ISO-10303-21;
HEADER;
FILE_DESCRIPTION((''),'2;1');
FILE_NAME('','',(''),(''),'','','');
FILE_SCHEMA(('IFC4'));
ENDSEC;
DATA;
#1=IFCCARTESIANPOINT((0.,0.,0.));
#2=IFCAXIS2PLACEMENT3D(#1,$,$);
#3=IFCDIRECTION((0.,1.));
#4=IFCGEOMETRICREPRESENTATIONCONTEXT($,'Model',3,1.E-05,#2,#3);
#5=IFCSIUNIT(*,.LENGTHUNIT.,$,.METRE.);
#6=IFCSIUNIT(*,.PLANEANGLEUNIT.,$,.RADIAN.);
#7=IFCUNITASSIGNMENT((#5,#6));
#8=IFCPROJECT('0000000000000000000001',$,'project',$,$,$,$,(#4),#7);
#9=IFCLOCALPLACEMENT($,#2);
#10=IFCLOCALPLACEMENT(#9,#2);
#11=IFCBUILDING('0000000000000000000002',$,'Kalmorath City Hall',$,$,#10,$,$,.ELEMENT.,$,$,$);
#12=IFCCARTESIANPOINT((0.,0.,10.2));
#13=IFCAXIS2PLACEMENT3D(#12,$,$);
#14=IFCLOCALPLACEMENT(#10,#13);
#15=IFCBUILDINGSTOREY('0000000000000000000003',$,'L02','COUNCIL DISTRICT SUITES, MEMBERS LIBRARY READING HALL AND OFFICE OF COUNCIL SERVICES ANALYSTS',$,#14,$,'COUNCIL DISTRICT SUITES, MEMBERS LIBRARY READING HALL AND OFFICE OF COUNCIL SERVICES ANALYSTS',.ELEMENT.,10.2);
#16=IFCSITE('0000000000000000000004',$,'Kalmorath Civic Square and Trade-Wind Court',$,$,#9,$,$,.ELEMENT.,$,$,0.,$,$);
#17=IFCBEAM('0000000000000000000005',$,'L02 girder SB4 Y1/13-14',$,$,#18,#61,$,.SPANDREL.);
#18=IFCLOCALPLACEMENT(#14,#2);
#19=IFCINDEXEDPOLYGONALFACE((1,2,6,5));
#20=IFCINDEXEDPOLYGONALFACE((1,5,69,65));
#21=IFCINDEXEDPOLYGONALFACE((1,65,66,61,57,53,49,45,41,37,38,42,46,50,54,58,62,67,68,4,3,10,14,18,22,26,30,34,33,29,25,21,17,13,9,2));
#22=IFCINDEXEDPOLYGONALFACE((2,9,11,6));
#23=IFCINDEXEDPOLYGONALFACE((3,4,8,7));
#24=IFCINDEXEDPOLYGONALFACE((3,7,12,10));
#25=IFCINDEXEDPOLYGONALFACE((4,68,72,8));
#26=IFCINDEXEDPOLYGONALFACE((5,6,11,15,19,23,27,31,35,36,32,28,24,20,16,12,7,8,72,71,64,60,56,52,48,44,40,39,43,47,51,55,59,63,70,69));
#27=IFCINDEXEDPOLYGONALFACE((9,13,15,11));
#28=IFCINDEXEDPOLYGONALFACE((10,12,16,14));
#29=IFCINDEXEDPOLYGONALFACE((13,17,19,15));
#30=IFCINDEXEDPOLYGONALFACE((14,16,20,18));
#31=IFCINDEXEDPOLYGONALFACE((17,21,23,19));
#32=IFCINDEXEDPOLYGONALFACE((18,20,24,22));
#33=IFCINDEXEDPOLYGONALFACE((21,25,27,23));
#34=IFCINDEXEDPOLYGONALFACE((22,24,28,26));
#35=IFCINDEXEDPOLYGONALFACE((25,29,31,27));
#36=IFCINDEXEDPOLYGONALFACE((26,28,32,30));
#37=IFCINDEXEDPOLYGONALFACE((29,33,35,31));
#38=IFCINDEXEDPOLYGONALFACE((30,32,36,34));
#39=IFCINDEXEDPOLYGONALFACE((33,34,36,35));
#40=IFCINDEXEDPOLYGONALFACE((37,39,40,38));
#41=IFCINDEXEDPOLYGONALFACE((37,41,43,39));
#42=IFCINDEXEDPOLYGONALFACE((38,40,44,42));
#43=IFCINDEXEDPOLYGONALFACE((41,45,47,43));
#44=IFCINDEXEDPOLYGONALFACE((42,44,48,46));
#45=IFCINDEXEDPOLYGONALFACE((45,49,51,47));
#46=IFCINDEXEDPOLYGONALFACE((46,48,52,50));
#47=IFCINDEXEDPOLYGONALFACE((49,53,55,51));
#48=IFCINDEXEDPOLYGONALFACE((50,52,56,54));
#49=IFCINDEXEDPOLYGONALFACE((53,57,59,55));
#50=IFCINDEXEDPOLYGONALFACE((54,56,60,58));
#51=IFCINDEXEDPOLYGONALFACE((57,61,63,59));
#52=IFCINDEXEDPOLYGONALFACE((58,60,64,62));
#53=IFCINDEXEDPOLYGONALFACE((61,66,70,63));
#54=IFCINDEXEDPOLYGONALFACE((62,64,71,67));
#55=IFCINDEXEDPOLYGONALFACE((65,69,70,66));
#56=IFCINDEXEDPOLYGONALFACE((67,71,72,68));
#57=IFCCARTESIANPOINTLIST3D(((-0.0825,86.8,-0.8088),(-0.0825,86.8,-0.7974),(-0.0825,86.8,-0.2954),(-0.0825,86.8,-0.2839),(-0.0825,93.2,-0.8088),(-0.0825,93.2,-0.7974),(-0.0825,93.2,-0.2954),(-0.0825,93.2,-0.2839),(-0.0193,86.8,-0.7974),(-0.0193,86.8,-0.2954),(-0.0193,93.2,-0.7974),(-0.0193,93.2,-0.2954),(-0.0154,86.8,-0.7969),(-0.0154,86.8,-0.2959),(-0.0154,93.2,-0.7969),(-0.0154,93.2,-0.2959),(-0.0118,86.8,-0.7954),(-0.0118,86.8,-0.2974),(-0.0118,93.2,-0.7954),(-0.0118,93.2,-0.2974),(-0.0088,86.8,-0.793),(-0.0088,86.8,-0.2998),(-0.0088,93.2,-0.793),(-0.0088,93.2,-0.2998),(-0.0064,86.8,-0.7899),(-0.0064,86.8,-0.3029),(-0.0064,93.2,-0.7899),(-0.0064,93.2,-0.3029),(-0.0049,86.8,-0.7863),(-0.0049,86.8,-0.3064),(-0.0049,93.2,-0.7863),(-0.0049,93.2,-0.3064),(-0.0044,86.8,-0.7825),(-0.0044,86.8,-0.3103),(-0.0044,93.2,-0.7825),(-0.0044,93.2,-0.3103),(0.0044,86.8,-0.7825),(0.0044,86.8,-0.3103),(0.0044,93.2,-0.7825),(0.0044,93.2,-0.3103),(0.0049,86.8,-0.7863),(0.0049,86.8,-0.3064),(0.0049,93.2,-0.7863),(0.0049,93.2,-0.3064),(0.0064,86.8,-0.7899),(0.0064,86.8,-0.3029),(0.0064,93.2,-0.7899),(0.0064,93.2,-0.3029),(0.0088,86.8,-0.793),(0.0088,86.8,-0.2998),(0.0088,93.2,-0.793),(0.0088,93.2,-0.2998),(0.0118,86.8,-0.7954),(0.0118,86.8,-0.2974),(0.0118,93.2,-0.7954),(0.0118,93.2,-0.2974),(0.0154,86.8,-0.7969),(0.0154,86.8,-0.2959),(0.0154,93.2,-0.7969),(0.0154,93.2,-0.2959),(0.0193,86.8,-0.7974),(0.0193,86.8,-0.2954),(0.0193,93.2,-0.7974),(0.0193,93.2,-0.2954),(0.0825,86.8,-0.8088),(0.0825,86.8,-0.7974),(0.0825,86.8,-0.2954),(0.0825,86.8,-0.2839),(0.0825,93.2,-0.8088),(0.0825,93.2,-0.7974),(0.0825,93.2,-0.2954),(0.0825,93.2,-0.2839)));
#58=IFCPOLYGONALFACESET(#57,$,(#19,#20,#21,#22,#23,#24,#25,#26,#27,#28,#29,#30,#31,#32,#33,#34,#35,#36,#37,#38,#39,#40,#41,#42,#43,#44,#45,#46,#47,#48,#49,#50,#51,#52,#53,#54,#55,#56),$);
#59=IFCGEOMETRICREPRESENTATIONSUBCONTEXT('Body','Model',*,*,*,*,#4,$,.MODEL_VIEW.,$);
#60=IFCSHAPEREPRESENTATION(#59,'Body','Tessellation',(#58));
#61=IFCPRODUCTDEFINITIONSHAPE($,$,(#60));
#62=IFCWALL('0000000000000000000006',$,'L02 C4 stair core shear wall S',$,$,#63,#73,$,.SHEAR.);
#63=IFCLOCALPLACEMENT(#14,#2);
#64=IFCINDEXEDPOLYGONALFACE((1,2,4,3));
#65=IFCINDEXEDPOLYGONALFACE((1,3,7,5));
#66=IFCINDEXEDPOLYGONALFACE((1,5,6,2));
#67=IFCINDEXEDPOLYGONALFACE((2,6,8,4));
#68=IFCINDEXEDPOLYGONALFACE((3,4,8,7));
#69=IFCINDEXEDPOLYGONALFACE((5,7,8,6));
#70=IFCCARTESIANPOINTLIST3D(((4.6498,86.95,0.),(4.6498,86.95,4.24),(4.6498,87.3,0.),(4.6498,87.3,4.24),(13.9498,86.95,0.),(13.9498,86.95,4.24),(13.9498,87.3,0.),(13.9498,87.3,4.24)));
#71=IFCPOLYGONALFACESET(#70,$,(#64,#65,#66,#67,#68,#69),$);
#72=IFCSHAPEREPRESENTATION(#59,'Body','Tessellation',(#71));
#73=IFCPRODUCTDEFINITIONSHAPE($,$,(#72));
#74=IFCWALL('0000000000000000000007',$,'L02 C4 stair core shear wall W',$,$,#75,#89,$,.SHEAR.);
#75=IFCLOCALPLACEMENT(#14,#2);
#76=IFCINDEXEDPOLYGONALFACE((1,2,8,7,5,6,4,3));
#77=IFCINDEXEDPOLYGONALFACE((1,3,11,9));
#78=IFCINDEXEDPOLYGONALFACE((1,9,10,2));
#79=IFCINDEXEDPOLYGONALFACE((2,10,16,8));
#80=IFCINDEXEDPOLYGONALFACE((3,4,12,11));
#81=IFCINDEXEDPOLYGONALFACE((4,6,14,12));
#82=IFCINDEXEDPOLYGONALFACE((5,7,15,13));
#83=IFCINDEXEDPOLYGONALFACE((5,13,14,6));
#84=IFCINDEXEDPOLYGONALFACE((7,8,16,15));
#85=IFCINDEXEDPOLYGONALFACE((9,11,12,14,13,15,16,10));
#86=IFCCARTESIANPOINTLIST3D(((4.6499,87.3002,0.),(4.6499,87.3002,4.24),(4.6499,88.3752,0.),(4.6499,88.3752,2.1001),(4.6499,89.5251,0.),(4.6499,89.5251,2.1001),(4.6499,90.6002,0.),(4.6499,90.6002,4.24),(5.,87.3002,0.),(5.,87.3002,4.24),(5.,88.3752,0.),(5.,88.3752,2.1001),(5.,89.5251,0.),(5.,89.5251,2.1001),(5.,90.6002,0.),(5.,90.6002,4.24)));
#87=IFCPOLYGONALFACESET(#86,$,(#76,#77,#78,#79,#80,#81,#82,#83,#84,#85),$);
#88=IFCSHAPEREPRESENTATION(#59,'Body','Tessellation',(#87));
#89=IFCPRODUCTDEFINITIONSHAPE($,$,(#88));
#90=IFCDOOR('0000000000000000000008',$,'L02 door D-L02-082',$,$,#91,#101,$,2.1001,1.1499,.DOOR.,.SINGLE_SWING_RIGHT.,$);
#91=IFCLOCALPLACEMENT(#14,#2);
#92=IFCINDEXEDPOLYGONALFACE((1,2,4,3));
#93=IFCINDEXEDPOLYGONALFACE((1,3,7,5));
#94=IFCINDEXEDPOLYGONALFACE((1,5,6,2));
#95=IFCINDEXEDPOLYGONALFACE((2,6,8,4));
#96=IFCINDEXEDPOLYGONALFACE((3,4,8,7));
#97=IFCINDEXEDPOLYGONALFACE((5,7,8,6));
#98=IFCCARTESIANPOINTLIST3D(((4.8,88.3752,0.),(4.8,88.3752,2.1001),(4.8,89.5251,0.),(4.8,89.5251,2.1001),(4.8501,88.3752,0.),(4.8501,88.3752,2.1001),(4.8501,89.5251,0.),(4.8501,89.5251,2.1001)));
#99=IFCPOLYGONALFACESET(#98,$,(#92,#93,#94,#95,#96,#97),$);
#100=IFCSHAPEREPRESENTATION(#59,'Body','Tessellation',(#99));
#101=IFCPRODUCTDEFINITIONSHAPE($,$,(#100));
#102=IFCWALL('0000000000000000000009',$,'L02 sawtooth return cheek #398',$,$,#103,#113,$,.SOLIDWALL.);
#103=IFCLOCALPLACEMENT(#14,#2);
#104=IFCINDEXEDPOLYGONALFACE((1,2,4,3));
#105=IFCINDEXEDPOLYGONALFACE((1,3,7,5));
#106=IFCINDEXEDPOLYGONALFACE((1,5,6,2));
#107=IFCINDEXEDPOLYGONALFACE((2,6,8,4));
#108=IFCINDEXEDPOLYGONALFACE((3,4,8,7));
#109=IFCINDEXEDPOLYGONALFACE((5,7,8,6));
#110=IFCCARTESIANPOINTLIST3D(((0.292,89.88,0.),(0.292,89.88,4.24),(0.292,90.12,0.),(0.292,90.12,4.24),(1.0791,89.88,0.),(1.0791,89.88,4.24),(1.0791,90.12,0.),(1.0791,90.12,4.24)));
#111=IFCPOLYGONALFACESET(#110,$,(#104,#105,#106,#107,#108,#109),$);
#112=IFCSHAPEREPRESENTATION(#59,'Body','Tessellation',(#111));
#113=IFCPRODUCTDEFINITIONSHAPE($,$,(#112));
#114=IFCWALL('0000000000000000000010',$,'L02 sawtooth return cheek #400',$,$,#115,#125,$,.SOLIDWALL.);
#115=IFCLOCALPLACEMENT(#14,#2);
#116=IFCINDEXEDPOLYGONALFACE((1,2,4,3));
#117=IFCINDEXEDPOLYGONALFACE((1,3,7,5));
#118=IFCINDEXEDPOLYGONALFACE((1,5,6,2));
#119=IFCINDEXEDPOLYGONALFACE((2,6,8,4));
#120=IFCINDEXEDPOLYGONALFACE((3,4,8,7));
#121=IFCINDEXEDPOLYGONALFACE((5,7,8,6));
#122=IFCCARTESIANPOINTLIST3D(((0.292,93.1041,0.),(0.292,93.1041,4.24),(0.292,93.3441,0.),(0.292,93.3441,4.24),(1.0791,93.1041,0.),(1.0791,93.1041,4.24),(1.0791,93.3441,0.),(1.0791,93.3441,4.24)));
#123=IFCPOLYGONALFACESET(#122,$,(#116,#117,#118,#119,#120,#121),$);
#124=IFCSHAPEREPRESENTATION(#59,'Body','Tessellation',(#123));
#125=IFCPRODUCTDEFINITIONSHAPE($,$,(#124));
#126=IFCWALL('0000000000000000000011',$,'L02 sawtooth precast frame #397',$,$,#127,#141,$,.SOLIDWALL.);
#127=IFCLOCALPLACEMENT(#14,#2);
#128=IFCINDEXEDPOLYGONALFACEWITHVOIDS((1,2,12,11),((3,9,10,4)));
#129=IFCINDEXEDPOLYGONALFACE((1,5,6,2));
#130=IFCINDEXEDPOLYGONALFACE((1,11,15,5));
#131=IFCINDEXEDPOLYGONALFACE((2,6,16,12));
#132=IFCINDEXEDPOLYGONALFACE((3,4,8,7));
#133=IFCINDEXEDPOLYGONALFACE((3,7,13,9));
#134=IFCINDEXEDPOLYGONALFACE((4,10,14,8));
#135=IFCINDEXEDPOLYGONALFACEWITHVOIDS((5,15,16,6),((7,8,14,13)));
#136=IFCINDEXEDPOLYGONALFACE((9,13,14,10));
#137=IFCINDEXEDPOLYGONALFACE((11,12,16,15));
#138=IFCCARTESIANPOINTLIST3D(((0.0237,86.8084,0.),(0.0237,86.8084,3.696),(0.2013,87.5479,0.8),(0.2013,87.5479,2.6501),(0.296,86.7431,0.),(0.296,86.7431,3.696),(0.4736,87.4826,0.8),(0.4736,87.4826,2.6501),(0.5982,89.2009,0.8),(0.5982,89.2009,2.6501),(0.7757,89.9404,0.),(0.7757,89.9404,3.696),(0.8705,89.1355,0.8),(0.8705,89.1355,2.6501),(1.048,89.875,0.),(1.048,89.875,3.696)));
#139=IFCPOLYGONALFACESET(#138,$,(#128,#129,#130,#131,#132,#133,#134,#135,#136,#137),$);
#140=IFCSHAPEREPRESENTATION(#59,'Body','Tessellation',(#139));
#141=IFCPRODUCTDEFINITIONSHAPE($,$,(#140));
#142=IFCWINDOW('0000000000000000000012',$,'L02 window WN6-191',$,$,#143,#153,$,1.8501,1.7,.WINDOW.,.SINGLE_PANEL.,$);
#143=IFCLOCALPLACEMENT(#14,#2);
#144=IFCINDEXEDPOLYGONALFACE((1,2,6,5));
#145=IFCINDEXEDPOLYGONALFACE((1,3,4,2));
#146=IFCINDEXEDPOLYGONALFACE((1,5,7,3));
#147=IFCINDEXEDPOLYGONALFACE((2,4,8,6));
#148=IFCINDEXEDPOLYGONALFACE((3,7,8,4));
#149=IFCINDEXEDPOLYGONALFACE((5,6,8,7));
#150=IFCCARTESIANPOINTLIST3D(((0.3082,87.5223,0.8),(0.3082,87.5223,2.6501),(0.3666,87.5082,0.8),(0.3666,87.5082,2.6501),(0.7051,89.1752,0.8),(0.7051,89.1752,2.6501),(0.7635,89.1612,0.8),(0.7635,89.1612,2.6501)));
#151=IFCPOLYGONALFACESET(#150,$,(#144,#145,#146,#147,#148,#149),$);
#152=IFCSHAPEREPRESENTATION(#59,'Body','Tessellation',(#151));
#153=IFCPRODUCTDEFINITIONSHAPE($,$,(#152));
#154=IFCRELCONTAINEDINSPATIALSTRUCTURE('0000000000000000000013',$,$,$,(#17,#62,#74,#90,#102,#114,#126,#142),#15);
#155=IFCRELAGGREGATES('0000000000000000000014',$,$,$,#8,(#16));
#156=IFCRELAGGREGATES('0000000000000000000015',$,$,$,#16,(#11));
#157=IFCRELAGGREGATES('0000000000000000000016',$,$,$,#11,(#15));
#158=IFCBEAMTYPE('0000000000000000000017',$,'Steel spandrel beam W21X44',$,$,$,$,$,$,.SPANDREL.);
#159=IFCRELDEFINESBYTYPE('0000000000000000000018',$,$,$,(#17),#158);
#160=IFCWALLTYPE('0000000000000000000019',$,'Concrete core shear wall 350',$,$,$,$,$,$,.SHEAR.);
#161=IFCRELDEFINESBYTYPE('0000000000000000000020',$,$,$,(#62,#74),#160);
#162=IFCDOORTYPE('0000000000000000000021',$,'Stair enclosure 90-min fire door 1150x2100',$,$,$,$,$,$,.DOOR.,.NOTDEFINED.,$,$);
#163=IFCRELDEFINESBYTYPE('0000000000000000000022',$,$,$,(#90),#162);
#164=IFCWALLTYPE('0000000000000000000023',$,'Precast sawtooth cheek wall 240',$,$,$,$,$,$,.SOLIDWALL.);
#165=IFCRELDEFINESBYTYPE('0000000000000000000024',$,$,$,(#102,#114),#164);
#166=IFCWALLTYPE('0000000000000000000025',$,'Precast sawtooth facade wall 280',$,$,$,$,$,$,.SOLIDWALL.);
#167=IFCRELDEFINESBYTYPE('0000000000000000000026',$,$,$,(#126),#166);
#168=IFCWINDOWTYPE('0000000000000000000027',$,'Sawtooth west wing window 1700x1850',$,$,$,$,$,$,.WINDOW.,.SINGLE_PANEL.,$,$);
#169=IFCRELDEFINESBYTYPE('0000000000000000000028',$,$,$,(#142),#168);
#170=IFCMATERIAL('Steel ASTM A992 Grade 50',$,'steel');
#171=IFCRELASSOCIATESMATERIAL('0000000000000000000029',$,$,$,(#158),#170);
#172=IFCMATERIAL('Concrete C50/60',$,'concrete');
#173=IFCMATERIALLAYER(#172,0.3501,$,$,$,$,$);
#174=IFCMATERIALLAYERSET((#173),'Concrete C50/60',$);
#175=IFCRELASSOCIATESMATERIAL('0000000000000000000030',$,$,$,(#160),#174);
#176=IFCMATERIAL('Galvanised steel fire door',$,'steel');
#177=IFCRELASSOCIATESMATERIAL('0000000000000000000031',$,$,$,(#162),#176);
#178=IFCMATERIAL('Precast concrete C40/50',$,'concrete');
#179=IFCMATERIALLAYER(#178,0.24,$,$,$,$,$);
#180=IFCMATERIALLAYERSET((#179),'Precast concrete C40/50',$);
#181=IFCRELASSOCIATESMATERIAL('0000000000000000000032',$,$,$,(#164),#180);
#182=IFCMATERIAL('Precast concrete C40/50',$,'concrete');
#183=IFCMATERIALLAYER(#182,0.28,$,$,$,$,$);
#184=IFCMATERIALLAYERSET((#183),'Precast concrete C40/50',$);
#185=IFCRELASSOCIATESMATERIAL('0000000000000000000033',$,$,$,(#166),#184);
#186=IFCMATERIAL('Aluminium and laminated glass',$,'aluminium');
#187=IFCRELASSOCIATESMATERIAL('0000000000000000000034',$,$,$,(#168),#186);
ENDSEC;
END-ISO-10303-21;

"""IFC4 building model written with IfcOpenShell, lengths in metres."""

from ifc_helpers import new_model, si_unit, direction, frame, frame_2d, origin, origin_2d, place, context, subcontext, project, spatial, rectangle, i_section, extrude, material, layer, layer_set, material_profile, profile_set, type_object, element, fill, save


model = new_model("IFC4")

# Units and contexts
model_context = context("Model", 3, precision=1e-05, world=origin(), true_north=direction((0.0, 1.0)))
body_context = subcontext(model_context, "Body", "Model", "MODEL_VIEW")
ifc_project = project(units=[si_unit("LENGTHUNIT", "METRE"), si_unit("PLANEANGLEUNIT", "RADIAN")], contexts=[model_context])

# Site, building, storey
site_placement = place(None, origin())
site = spatial("IfcSite", under=ifc_project, at=site_placement, Name="Kalmorath Civic Square and Trade-Wind Court", CompositionType="ELEMENT", RefElevation=0.0)
building_placement = place(site_placement, origin())
building = spatial("IfcBuilding", under=site, at=building_placement, Name="Kalmorath City Hall", CompositionType="ELEMENT")
storey_placement = place(building_placement, frame((0.0, 0.0, 10.2)))
storey = spatial("IfcBuildingStorey", under=building, at=storey_placement, Name="L02", Description="COUNCIL DISTRICT SUITES, MEMBERS LIBRARY READING HALL AND OFFICE OF COUNCIL SERVICES ANALYSTS", LongName="COUNCIL DISTRICT SUITES, MEMBERS LIBRARY READING HALL AND OFFICE OF COUNCIL SERVICES ANALYSTS", CompositionType="ELEMENT", Elevation=10.2)

# Beam
ifc_material_1 = material(Name="Steel ASTM A992 Grade 50", Category="steel")
ifc_material_profile_1 = material_profile(ifc_material_1, i_section(OverallWidth=0.165, OverallDepth=0.5249, WebThickness=0.0088, FlangeThickness=0.0115, FilletRadius=0.0149, at=origin_2d()), Name="W21X44")
ifc_profile_set_1 = profile_set([ifc_material_profile_1], Name="Steel ASTM A992 Grade 50")
beam_type_1 = type_object("IfcBeamType", Name="Steel spandrel beam W21X44", PredefinedType="SPANDREL", material=ifc_profile_set_1)
beam_1_placement = place(storey_placement, frame((0.0, 86.8, -0.5464), z_axis=(0.0, 1.0, 0.0), x_axis=(-1.0, 0.0, 0.0)))
element("IfcBeam", 1, at=beam_1_placement, inside=storey, type_object=beam_type_1, Name="L02 girder SB4 Y1/13-14", PredefinedType="SPANDREL", context=body_context, shape_type="SweptSolid", body=[
    extrude(i_section(OverallWidth=0.165, OverallDepth=0.5249, WebThickness=0.0088, FlangeThickness=0.0115, FilletRadius=0.0149, at=origin_2d()), origin(), (0.0, 0.0, 1.0), 6.3999),
])

# Wall
ifc_material_2 = material(Name="Concrete C50/60", Category="concrete")
ifc_layer_1 = layer(ifc_material_2, 0.3501)
ifc_layer_set_1 = layer_set([ifc_layer_1], Name="Concrete C50/60")
wall_type_1 = type_object("IfcWallType", Name="Concrete core shear wall 350", PredefinedType="SHEAR", material=ifc_layer_set_1)
wall_1_placement = place(storey_placement, frame((4.6499, 87.125, 0.0), z_axis=(0.0, 0.0, 1.0), x_axis=(1.0, 0.0, 0.0)))
element("IfcWall", 2, at=wall_1_placement, inside=storey, type_object=wall_type_1, Name="L02 C4 stair core shear wall S", PredefinedType="SHEAR", context=body_context, shape_type="SweptSolid", body=[
    extrude(rectangle(XDim=9.3, YDim=0.3501, at=frame_2d((4.6499, 0.0))), origin(), (0.0, 0.0, 1.0), 4.24),
])

# Wall, opening, door
wall_2_placement = place(storey_placement, frame((4.825, 90.6001, 0.0), z_axis=(0.0, 0.0, 1.0), x_axis=(0.0, -1.0, 0.0)))
wall_2 = element("IfcWall", 3, at=wall_2_placement, inside=storey, type_object=wall_type_1, Name="L02 C4 stair core shear wall W", PredefinedType="SHEAR", context=body_context, shape_type="SweptSolid", body=[
    extrude(rectangle(XDim=3.3, YDim=0.3501, at=frame_2d((1.6499, 0.0))), origin(), (0.0, 0.0, 1.0), 4.24),
])
opening_1_placement = place(wall_2_placement, frame((1.075, 0.0, 0.0)))
opening_1 = element("IfcOpeningElement", 4, at=opening_1_placement, cuts=wall_2, PredefinedType="OPENING", context=body_context, shape_type="SweptSolid", body=[
    extrude(rectangle(XDim=1.1499, YDim=2.1001, at=frame_2d((0.575, 1.05))), frame((0.0, 0.1851, 0.0), z_axis=(0.0, -1.0, 0.0), x_axis=(1.0, 0.0, 0.0)), (0.0, 0.0, 1.0), 0.3701),
])
ifc_material_3 = material(Name="Galvanised steel fire door", Category="steel")
door_type = type_object("IfcDoorType", Name="Stair enclosure 90-min fire door 1150x2100", OperationType="NOTDEFINED", PredefinedType="DOOR", material=ifc_material_3)
door_placement = place(opening_1_placement, frame((1.1499, 0.0, 0.0), z_axis=(0.0, 0.0, 1.0), x_axis=(-1.0, 0.0, 0.0)))
door = element("IfcDoor", 5, at=door_placement, inside=storey, type_object=door_type, Name="L02 door D-L02-082", OperationType="SINGLE_SWING_RIGHT", OverallHeight=2.1001, OverallWidth=1.1499, PredefinedType="DOOR", context=body_context, shape_type="SweptSolid", body=[
    extrude(rectangle(XDim=1.1499, YDim=2.1001, at=frame_2d((0.575, 1.05))), frame((0.0, 0.0249, 0.0), z_axis=(0.0, -1.0, 0.0), x_axis=(1.0, 0.0, 0.0)), (0.0, 0.0, 1.0), 0.05),
])
fill(opening_1, door)

# Walls
ifc_material_4 = material(Name="Precast concrete C40/50", Category="concrete")
ifc_layer_2 = layer(ifc_material_4, 0.24)
ifc_layer_set_2 = layer_set([ifc_layer_2], Name="Precast concrete C40/50")
wall_type_2 = type_object("IfcWallType", Name="Precast sawtooth cheek wall 240", PredefinedType="SOLIDWALL", material=ifc_layer_set_2)
for number, where, z_axis, x_axis, name in (
    (6, (1.0791, 90.0, 0.0), (0.0, 0.0, 1.0), (-1.0, 0.0, 0.0), "L02 sawtooth return cheek #398"),
    (7, (1.0791, 93.2241, 0.0), (0.0, 0.0, 1.0), (-1.0, 0.0, 0.0), "L02 sawtooth return cheek #400"),
):
    element("IfcWall", number, at=place(storey_placement, frame(where, z_axis=z_axis, x_axis=x_axis)), inside=storey, type_object=wall_type_2, Name=name, PredefinedType="SOLIDWALL", context=body_context, shape_type="SweptSolid", body=[
        extrude(rectangle(XDim=0.7871, YDim=0.24, at=frame_2d((0.3936, 0.0))), origin(), (0.0, 0.0, 1.0), 4.24),
    ])

# Wall, opening, window
ifc_material_5 = material(Name="Precast concrete C40/50", Category="concrete")
ifc_layer_3 = layer(ifc_material_5, 0.28)
ifc_layer_set_3 = layer_set([ifc_layer_3], Name="Precast concrete C40/50")
wall_type_3 = type_object("IfcWallType", Name="Precast sawtooth facade wall 280", PredefinedType="SOLIDWALL", material=ifc_layer_set_3)
wall_3_placement = place(storey_placement, frame((0.1599, 86.7759, 0.0), z_axis=(0.0, 0.0, 1.0), x_axis=(0.233465, 0.972365, 0.0)))
wall_3 = element("IfcWall", 8, at=wall_3_placement, inside=storey, type_object=wall_type_3, Name="L02 sawtooth precast frame #397", PredefinedType="SOLIDWALL", context=body_context, shape_type="SweptSolid", body=[
    extrude(rectangle(XDim=3.2209, YDim=0.28, at=frame_2d((1.6104, 0.0))), origin(), (0.0, 0.0, 1.0), 3.696),
])
opening_2_placement = place(wall_3_placement, frame((0.7603, 0.0, 0.8)))
opening_2 = element("IfcOpeningElement", 9, at=opening_2_placement, cuts=wall_3, PredefinedType="OPENING", context=body_context, shape_type="SweptSolid", body=[
    extrude(rectangle(XDim=1.7, YDim=1.8501, at=frame_2d((0.8501, 0.925))), frame((0.0, 0.1499, 0.0), z_axis=(0.0, -1.0, 0.0), x_axis=(1.0, 0.0, 0.0)), (0.0, 0.0, 1.0), 0.3),
])
ifc_material_6 = material(Name="Aluminium and laminated glass", Category="aluminium")
window_type = type_object("IfcWindowType", Name="Sawtooth west wing window 1700x1850", PartitioningType="SINGLE_PANEL", PredefinedType="WINDOW", material=ifc_material_6)
window_1_placement = place(opening_2_placement, origin())
window_1 = element("IfcWindow", 10, at=window_1_placement, inside=storey, type_object=window_type, Name="L02 window WN6-191", OverallHeight=1.8501, OverallWidth=1.7, PartitioningType="SINGLE_PANEL", PredefinedType="WINDOW", context=body_context, shape_type="SweptSolid", body=[
    extrude(rectangle(XDim=1.7, YDim=1.8501, at=frame_2d((0.8501, 0.925))), frame((0.0, 0.03, 0.0), z_axis=(0.0, -1.0, 0.0), x_axis=(1.0, 0.0, 0.0)), (0.0, 0.0, 1.0), 0.0601),
])
fill(opening_2, window_1)

save(model, "model.ifc")
